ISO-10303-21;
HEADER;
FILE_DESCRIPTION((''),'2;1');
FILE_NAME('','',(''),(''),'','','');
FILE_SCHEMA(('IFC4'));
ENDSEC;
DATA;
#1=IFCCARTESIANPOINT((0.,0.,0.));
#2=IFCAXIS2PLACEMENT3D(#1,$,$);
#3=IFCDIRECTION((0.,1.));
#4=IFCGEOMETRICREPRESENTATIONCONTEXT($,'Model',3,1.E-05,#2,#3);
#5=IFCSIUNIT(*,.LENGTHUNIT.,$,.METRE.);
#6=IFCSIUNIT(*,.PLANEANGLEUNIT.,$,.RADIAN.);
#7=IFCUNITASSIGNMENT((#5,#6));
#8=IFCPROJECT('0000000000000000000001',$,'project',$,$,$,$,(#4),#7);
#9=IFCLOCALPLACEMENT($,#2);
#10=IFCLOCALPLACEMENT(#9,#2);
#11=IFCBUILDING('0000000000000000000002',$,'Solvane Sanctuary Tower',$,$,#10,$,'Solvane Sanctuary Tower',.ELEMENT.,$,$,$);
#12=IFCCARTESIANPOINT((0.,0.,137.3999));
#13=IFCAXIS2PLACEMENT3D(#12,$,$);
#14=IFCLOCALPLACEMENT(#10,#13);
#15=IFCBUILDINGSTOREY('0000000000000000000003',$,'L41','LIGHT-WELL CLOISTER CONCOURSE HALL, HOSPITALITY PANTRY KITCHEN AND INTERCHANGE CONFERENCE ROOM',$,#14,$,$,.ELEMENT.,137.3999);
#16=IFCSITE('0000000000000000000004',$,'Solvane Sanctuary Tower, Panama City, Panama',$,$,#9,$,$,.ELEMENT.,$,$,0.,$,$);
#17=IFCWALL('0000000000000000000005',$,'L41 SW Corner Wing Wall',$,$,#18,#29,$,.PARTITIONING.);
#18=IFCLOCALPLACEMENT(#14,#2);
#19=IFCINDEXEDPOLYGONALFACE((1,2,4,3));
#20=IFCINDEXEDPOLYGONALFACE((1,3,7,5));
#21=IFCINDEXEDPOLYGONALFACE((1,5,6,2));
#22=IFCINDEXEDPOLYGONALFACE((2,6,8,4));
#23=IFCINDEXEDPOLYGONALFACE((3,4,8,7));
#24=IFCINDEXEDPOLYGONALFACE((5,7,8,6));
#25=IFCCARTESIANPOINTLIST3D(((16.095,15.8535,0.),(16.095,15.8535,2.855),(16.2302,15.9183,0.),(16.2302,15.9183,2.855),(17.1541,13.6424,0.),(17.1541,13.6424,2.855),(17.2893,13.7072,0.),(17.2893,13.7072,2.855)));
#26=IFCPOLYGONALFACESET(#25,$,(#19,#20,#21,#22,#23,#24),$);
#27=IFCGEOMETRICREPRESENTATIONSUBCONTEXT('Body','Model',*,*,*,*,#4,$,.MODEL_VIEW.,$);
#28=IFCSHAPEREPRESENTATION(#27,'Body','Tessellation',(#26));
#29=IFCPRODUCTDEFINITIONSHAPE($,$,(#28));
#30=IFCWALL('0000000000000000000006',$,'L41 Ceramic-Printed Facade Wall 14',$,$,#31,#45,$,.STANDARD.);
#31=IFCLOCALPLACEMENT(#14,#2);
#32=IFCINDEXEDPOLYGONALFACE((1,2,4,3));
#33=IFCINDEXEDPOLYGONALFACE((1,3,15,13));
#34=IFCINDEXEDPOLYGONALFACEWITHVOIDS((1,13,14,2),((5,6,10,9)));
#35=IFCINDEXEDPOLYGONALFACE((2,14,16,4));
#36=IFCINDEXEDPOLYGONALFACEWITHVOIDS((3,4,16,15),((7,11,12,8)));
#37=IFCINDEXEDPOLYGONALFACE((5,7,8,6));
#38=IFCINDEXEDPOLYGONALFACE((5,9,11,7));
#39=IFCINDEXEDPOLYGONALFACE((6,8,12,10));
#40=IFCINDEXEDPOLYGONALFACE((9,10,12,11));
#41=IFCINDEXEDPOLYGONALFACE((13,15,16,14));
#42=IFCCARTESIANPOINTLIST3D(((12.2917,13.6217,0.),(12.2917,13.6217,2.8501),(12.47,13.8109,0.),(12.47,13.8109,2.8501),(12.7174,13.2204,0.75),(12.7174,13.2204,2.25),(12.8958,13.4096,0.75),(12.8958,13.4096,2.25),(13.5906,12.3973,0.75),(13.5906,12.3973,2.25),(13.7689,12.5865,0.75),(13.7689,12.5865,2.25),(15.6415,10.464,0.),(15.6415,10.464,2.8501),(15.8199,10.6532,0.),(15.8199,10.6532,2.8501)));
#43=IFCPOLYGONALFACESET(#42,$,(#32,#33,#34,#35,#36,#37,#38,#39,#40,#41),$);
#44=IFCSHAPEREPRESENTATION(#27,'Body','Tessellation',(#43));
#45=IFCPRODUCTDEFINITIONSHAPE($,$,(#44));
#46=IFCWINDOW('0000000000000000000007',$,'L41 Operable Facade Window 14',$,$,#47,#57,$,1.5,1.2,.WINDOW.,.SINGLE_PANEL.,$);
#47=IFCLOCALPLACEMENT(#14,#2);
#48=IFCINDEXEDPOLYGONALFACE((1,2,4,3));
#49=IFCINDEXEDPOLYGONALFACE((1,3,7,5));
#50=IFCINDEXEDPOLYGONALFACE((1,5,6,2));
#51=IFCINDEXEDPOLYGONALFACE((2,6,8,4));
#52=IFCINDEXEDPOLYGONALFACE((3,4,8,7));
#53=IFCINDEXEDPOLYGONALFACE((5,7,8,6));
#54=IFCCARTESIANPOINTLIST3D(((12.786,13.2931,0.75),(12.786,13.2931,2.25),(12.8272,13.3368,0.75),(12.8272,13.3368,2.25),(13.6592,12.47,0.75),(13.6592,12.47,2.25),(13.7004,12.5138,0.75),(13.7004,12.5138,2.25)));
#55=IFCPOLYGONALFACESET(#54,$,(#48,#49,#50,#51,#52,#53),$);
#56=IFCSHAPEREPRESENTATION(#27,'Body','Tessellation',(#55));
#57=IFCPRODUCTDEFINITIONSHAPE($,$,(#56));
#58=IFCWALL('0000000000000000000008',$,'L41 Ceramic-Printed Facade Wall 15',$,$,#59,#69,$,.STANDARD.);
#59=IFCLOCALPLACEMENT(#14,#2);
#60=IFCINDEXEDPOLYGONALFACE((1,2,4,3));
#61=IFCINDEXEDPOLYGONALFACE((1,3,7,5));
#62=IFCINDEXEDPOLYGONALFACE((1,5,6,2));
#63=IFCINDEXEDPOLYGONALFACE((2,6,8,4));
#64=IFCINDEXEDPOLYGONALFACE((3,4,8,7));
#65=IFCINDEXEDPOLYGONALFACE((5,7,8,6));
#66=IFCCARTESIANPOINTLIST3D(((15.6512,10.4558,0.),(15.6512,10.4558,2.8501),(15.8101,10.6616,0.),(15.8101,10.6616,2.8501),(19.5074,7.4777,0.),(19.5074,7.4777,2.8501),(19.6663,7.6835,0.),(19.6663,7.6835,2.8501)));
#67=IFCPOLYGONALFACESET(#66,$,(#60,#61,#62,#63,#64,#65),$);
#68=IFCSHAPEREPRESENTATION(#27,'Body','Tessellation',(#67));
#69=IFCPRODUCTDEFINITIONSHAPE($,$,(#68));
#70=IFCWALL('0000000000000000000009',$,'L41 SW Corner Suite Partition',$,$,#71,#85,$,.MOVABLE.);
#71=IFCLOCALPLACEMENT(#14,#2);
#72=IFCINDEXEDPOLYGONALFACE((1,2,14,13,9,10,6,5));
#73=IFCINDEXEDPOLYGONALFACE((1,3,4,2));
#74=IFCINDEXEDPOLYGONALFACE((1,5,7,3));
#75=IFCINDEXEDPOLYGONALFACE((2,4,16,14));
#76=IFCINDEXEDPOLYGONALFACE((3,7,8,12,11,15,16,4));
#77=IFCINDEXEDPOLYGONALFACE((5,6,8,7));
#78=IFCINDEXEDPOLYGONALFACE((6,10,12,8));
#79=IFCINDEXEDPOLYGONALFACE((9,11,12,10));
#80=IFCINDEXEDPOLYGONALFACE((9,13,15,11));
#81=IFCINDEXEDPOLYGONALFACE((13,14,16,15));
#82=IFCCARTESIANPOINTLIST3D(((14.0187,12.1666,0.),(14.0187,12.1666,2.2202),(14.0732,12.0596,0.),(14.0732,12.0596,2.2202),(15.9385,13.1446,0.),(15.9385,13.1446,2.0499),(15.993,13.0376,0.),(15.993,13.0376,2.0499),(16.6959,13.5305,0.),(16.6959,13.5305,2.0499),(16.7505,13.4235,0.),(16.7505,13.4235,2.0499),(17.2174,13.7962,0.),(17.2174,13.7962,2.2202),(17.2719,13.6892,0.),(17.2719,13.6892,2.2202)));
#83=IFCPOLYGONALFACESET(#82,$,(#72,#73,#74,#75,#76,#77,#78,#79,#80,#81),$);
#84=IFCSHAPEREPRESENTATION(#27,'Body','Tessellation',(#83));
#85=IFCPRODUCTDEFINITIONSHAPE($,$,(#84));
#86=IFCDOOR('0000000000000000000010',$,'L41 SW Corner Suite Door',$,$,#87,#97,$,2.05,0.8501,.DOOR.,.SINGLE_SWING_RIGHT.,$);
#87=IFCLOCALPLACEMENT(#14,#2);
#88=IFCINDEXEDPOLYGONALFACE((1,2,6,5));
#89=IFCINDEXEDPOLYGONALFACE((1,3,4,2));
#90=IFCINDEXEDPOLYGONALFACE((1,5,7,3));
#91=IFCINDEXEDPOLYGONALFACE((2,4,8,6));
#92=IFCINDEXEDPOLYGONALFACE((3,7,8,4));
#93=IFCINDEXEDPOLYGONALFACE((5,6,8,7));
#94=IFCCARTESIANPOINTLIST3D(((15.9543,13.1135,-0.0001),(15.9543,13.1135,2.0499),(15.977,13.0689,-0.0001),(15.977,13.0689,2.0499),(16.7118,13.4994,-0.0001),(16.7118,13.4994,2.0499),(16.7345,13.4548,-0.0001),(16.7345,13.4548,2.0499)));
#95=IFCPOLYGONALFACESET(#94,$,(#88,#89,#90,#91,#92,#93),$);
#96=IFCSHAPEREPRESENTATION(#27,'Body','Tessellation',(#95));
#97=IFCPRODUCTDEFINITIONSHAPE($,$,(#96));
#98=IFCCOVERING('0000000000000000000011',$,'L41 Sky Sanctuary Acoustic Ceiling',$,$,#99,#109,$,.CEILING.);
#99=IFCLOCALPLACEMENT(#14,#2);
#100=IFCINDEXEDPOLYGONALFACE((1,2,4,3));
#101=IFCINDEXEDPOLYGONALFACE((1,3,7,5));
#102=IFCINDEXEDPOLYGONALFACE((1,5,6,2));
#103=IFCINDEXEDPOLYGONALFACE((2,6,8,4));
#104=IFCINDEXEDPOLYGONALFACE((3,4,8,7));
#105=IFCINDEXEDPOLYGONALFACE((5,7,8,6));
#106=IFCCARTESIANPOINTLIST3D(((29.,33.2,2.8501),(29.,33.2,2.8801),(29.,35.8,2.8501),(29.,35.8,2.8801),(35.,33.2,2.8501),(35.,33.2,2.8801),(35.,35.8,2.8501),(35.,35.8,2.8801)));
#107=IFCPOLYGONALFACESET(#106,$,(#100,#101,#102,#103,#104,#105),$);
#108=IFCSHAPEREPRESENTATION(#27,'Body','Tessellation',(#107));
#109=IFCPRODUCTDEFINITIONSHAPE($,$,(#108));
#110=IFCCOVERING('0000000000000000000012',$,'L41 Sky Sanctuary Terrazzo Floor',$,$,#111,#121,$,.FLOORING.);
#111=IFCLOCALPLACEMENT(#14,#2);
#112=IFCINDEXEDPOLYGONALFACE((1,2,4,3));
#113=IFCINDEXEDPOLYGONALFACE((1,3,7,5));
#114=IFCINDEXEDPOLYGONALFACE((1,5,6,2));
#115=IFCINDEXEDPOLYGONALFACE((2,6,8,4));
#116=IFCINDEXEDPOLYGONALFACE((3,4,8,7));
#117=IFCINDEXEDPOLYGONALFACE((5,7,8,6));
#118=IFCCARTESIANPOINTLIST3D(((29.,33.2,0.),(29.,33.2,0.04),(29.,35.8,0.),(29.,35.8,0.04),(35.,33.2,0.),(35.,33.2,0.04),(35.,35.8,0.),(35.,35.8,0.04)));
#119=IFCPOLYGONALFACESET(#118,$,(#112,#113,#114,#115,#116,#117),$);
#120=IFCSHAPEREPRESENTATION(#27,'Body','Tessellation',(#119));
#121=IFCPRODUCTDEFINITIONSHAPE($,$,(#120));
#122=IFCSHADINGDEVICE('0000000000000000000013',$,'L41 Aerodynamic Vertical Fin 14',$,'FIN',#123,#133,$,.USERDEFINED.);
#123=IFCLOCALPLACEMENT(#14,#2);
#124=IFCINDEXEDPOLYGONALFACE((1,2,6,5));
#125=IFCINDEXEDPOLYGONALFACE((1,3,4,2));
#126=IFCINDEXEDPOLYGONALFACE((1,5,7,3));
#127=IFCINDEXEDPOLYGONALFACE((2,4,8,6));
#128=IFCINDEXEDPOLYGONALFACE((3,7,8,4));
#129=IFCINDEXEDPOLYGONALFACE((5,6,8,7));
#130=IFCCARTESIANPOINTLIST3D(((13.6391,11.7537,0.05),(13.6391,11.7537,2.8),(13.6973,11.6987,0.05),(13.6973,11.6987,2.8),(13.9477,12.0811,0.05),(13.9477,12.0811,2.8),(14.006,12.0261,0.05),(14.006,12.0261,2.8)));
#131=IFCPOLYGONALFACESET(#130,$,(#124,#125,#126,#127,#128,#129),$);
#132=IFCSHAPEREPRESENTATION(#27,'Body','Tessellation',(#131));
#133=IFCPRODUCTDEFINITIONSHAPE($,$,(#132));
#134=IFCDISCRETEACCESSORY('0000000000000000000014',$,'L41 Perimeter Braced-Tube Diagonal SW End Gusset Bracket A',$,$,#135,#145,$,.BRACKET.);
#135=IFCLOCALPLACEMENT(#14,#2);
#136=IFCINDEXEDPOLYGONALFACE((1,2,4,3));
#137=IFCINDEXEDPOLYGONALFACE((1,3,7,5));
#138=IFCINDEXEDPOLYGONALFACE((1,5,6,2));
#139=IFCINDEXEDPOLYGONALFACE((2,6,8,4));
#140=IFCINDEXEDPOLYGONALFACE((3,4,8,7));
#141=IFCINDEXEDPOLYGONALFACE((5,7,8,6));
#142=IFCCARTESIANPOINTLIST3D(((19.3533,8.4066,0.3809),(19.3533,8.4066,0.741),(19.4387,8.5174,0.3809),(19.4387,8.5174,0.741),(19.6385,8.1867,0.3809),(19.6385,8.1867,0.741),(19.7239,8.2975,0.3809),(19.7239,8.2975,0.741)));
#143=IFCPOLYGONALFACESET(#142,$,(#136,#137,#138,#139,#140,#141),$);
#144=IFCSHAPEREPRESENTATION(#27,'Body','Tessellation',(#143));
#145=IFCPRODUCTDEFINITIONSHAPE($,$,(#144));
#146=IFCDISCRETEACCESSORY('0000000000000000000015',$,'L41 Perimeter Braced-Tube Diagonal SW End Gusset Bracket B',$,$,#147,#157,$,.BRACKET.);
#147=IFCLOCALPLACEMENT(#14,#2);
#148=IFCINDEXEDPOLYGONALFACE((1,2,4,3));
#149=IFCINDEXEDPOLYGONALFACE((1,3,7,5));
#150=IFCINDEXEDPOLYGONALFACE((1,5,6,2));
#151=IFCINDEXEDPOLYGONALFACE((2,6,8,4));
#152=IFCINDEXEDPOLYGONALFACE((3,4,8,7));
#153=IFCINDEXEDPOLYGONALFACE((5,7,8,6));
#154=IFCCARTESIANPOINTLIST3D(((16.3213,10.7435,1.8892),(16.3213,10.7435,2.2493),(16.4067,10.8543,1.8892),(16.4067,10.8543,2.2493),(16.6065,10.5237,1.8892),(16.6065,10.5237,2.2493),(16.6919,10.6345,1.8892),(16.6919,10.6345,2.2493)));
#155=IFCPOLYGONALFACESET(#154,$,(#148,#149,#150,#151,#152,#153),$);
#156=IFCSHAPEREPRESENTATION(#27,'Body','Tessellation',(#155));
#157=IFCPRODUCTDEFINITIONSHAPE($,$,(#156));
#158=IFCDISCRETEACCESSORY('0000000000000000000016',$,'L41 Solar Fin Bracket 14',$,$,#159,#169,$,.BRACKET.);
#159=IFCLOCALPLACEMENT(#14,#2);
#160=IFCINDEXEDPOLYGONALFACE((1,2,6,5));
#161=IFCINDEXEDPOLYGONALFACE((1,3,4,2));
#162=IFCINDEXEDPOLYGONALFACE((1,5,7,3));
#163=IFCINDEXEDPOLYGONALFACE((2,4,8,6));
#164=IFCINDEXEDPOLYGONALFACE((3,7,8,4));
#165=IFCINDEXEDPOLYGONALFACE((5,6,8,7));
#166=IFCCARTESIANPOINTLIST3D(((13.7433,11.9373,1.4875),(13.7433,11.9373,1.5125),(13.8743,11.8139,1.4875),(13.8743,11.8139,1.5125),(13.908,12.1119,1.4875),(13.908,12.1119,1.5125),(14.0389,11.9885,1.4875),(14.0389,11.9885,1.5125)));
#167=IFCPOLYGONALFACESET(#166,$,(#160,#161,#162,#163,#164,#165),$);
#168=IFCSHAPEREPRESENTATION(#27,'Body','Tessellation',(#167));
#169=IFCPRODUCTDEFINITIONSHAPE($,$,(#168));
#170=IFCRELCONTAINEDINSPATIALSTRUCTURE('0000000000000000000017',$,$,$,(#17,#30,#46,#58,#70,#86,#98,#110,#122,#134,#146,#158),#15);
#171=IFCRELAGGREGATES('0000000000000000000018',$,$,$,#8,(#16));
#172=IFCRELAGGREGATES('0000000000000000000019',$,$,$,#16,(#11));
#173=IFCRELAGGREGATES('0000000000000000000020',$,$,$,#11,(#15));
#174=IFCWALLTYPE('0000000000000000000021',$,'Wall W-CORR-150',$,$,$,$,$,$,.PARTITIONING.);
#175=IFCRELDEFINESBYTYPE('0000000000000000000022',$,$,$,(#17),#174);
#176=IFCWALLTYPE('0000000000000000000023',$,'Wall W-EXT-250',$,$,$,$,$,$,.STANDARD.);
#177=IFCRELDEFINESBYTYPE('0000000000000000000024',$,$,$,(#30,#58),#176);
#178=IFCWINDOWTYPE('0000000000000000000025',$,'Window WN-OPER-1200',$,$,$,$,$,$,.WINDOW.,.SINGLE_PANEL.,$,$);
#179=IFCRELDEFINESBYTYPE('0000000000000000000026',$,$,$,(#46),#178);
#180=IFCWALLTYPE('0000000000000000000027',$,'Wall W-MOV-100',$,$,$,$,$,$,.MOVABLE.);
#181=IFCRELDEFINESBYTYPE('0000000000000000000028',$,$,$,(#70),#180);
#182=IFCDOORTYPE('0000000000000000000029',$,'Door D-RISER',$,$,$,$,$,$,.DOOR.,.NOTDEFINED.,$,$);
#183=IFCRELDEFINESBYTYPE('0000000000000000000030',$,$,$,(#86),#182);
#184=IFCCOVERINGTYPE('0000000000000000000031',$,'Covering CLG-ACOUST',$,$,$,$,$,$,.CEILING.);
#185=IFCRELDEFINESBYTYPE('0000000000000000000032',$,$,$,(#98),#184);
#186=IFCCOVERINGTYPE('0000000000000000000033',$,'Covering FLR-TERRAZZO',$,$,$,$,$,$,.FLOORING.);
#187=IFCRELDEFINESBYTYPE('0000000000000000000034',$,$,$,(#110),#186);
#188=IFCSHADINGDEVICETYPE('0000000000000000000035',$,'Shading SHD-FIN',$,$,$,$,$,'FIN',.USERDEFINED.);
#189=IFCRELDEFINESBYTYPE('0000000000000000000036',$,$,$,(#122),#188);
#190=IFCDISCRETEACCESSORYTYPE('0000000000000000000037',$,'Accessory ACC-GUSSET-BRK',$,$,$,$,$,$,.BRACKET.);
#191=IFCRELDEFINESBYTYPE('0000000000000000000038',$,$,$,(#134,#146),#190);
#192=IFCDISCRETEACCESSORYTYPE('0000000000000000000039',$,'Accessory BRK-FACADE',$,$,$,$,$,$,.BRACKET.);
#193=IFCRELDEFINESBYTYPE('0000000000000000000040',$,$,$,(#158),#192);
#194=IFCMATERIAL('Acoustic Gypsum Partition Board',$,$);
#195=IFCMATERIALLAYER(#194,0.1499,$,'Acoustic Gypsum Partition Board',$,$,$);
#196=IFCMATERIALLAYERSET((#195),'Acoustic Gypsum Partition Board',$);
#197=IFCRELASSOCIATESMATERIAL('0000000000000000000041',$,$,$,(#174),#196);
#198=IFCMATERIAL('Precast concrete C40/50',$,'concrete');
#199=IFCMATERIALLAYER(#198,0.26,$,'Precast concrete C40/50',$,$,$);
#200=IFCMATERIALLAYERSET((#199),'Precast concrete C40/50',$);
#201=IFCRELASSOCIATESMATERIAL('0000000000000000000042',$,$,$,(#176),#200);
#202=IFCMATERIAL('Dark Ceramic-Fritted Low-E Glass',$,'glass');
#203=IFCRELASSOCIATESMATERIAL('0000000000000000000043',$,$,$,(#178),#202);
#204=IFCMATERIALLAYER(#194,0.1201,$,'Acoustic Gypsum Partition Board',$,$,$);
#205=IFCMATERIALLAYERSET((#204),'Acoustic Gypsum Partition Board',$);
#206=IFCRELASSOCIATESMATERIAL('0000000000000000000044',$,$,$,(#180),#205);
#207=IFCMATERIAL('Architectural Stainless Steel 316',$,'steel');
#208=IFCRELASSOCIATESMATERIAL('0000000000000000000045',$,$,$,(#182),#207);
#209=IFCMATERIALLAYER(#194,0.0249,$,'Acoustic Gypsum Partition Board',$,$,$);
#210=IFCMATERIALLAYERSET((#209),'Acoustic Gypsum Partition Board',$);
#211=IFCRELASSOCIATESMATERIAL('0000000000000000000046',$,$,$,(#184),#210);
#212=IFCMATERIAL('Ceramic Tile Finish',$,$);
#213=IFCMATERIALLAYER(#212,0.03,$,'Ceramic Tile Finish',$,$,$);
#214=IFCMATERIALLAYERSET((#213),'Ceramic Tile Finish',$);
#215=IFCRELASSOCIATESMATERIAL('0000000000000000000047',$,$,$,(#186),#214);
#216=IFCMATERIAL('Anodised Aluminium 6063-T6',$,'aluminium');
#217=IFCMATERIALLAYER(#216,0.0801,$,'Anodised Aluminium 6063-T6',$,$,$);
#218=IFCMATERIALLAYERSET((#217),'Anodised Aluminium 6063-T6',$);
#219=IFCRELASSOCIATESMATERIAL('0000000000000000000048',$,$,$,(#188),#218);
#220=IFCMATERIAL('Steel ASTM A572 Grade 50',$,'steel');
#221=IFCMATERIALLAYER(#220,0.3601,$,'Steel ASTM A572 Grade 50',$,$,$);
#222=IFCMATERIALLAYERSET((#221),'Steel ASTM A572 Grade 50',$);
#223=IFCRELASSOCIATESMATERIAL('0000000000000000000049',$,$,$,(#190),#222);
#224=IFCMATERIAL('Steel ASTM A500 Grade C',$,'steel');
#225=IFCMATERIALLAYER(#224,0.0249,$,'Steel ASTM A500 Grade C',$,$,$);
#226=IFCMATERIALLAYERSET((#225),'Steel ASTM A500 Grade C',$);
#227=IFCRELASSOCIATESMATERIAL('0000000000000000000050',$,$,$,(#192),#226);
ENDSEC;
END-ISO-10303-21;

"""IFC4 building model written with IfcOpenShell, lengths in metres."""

from ifc_helpers import new_model, si_unit, direction, frame, frame_2d, origin, origin_2d, place, context, subcontext, project, spatial, polyline, rectangle, outline, extrude, material, layer, layer_set, type_object, element, fill, save


model = new_model("IFC4")

# Units and contexts
model_context = context("Model", 3, precision=1e-05, world=origin(), true_north=direction((0.0, 1.0)))
body_context = subcontext(model_context, "Body", "Model", "MODEL_VIEW")
ifc_project = project(units=[si_unit("LENGTHUNIT", "METRE"), si_unit("PLANEANGLEUNIT", "RADIAN")], contexts=[model_context])

# Site, building, storey
site_placement = place(None, origin())
site = spatial("IfcSite", under=ifc_project, at=site_placement, Name="Solvane Sanctuary Tower, Panama City, Panama", CompositionType="ELEMENT", RefElevation=0.0)
building_placement = place(site_placement, origin())
building = spatial("IfcBuilding", under=site, at=building_placement, Name="Solvane Sanctuary Tower", LongName="Solvane Sanctuary Tower", CompositionType="ELEMENT")
storey_placement = place(building_placement, frame((0.0, 0.0, 137.3999)))
storey = spatial("IfcBuildingStorey", under=building, at=storey_placement, Name="L41", Description="LIGHT-WELL CLOISTER CONCOURSE HALL, HOSPITALITY PANTRY KITCHEN AND INTERCHANGE CONFERENCE ROOM", CompositionType="ELEMENT", Elevation=137.3999)

# Shared definitions
ifc_material_1 = material(Name="Acoustic Gypsum Partition Board")
ifc_layer_1 = layer(ifc_material_1, 0.1499, Name="Acoustic Gypsum Partition Board")
ifc_layer_set_1 = layer_set([ifc_layer_1], Name="Acoustic Gypsum Partition Board")
wall_type_1 = type_object("IfcWallType", Name="Wall W-CORR-150", PredefinedType="PARTITIONING", material=ifc_layer_set_1)

# Wall
wall_1_placement = place(storey_placement, frame((17.2217, 13.6748, 0.0), z_axis=(0.0, 0.0, 1.0), x_axis=(-0.431973, 0.901886, 0.0)))
element("IfcWall", 1, at=wall_1_placement, inside=storey, type_object=wall_type_1, Name="L41 SW Corner Wing Wall", PredefinedType="PARTITIONING", context=body_context, shape_type="SweptSolid", body=[
    extrude(rectangle(XDim=2.4517, YDim=0.1499, at=frame_2d((1.2258, 0.0))), origin(), (0.0, 0.0, 1.0), 2.855),
])

# Wall, opening, window
ifc_material_2 = material(Name="Precast concrete C40/50", Category="concrete")
ifc_layer_2 = layer(ifc_material_2, 0.26, Name="Precast concrete C40/50")
ifc_layer_set_2 = layer_set([ifc_layer_2], Name="Precast concrete C40/50")
wall_type_2 = type_object("IfcWallType", Name="Wall W-EXT-250", PredefinedType="STANDARD", material=ifc_layer_set_2)
wall_2_placement = place(storey_placement, frame((12.3809, 13.7163, 0.0), z_axis=(0.0, 0.0, 1.0), x_axis=(0.727667, -0.68593, 0.0)))
wall_2 = element("IfcWall", 2, at=wall_2_placement, inside=storey, type_object=wall_type_2, Name="L41 Ceramic-Printed Facade Wall 14", PredefinedType="STANDARD", context=body_context, shape_type="SweptSolid", body=[
    extrude(rectangle(XDim=4.6035, YDim=0.26, at=frame_2d((2.3018, 0.0))), origin(), (0.0, 0.0, 1.0), 2.8501),
])
opening_1_placement = place(wall_2_placement, frame((0.585, 0.0, 0.75)))
opening_1 = element("IfcOpeningElement", 3, at=opening_1_placement, cuts=wall_2, PredefinedType="OPENING", context=body_context, shape_type="SweptSolid", body=[
    extrude(rectangle(XDim=1.2, YDim=1.5, at=frame_2d((0.6001, 0.75))), frame((0.0, 0.1399, 0.0), z_axis=(0.0, -1.0, 0.0), x_axis=(1.0, 0.0, 0.0)), (0.0, 0.0, 1.0), 0.28),
])
ifc_material_3 = material(Name="Dark Ceramic-Fritted Low-E Glass", Category="glass")
window_type = type_object("IfcWindowType", Name="Window WN-OPER-1200", PartitioningType="SINGLE_PANEL", PredefinedType="WINDOW", material=ifc_material_3)
window_placement = place(opening_1_placement, origin())
window = element("IfcWindow", 4, at=window_placement, inside=storey, type_object=window_type, Name="L41 Operable Facade Window 14", OverallHeight=1.5, OverallWidth=1.2, PartitioningType="SINGLE_PANEL", PredefinedType="WINDOW", context=body_context, shape_type="SweptSolid", body=[
    extrude(rectangle(XDim=1.2, YDim=1.5, at=frame_2d((0.6001, 0.75))), frame((0.0, 0.03, 0.0), z_axis=(0.0, -1.0, 0.0), x_axis=(1.0, 0.0, 0.0)), (0.0, 0.0, 1.0), 0.0601),
])
fill(opening_1, window)

# Wall
wall_3_placement = place(storey_placement, frame((15.7307, 10.5586, 0.0), z_axis=(0.0, 0.0, 1.0), x_axis=(0.79146, -0.611221, 0.0)))
element("IfcWall", 5, at=wall_3_placement, inside=storey, type_object=wall_type_2, Name="L41 Ceramic-Printed Facade Wall 15", PredefinedType="STANDARD", context=body_context, shape_type="SweptSolid", body=[
    extrude(rectangle(XDim=4.8723, YDim=0.26, at=frame_2d((2.436, 0.0))), origin(), (0.0, 0.0, 1.0), 2.8501),
])

# Wall, opening, door
ifc_layer_3 = layer(ifc_material_1, 0.1201, Name="Acoustic Gypsum Partition Board")
ifc_layer_set_3 = layer_set([ifc_layer_3], Name="Acoustic Gypsum Partition Board")
wall_type_3 = type_object("IfcWallType", Name="Wall W-MOV-100", PredefinedType="MOVABLE", material=ifc_layer_set_3)
wall_4_placement = place(storey_placement, frame((17.2446, 13.7427, 0.0), z_axis=(0.0, 0.0, 1.0), x_axis=(-0.891029, -0.453947, 0.0)))
wall_4 = element("IfcWall", 6, at=wall_4_placement, inside=storey, type_object=wall_type_3, Name="L41 SW Corner Suite Partition", PredefinedType="MOVABLE", context=body_context, shape_type="SweptSolid", body=[
    extrude(rectangle(XDim=3.5898, YDim=0.1201, at=frame_2d((1.7949, 0.0))), origin(), (0.0, 0.0, 1.0), 2.2202),
])
opening_2_placement = place(wall_4_placement, frame((0.5852, 0.0, 0.0)))
opening_2 = element("IfcOpeningElement", 7, at=opening_2_placement, cuts=wall_4, PredefinedType="OPENING", context=body_context, shape_type="SweptSolid", body=[
    extrude(rectangle(XDim=0.8501, YDim=2.05, at=frame_2d((0.425, 1.0249))), frame((0.0, 0.0701, 0.0), z_axis=(0.0, -1.0, 0.0), x_axis=(1.0, 0.0, 0.0)), (0.0, 0.0, 1.0), 0.1401),
])
ifc_material_4 = material(Name="Architectural Stainless Steel 316", Category="steel")
door_type_1 = type_object("IfcDoorType", Name="Door D-RISER", OperationType="NOTDEFINED", PredefinedType="DOOR", material=ifc_material_4)
door_1_placement = place(opening_2_placement, origin())
door_1 = element("IfcDoor", 8, at=door_1_placement, inside=storey, type_object=door_type_1, Name="L41 SW Corner Suite Door", OperationType="SINGLE_SWING_RIGHT", OverallHeight=2.05, OverallWidth=0.8501, PredefinedType="DOOR", context=body_context, shape_type="SweptSolid", body=[
    extrude(rectangle(XDim=0.8501, YDim=2.05, at=frame_2d((0.425, 1.0249))), frame((0.0, 0.0249, 0.0), z_axis=(0.0, -1.0, 0.0), x_axis=(1.0, 0.0, 0.0)), (0.0, 0.0, 1.0), 0.05),
])
fill(opening_2, door_1)

# Coverings
ifc_layer_4 = layer(ifc_material_1, 0.0249, Name="Acoustic Gypsum Partition Board")
ifc_layer_set_4 = layer_set([ifc_layer_4], Name="Acoustic Gypsum Partition Board")
covering_type_1 = type_object("IfcCoveringType", Name="Covering CLG-ACOUST", PredefinedType="CEILING", material=ifc_layer_set_4)
covering_1_placement = place(storey_placement, frame((0.0, 0.0, 2.8501)))
element("IfcCovering", 9, at=covering_1_placement, inside=storey, type_object=covering_type_1, Name="L41 Sky Sanctuary Acoustic Ceiling", PredefinedType="CEILING", context=body_context, shape_type="SweptSolid", body=[
    extrude(outline(polyline([(29.0, 33.2), (35.0, 33.2), (35.0, 35.8), (29.0, 35.8), (29.0, 33.2)])), origin(), (0.0, 0.0, 1.0), 0.03),
])
ifc_material_5 = material(Name="Ceramic Tile Finish")
ifc_layer_5 = layer(ifc_material_5, 0.03, Name="Ceramic Tile Finish")
ifc_layer_set_5 = layer_set([ifc_layer_5], Name="Ceramic Tile Finish")
covering_type_2 = type_object("IfcCoveringType", Name="Covering FLR-TERRAZZO", PredefinedType="FLOORING", material=ifc_layer_set_5)
covering_2_placement = place(storey_placement, origin())
element("IfcCovering", 10, at=covering_2_placement, inside=storey, type_object=covering_type_2, Name="L41 Sky Sanctuary Terrazzo Floor", PredefinedType="FLOORING", context=body_context, shape_type="SweptSolid", body=[
    extrude(outline(polyline([(29.0, 33.2), (35.0, 33.2), (35.0, 35.8), (29.0, 35.8), (29.0, 33.2)])), origin(), (0.0, 0.0, 1.0), 0.04),
])

# Shading device
ifc_material_6 = material(Name="Anodised Aluminium 6063-T6", Category="aluminium")
ifc_layer_6 = layer(ifc_material_6, 0.0801, Name="Anodised Aluminium 6063-T6")
ifc_layer_set_6 = layer_set([ifc_layer_6], Name="Anodised Aluminium 6063-T6")
shading_device_type = type_object("IfcShadingDeviceType", Name="Shading SHD-FIN", ElementType="FIN", PredefinedType="USERDEFINED", material=ifc_layer_set_6)
shading_device_placement = place(storey_placement, frame((13.8225, 11.8899, 0.05), z_axis=(0.0, 0.0, 1.0), x_axis=(0.727664, -0.685934, 0.0)))
element("IfcShadingDevice", 11, at=shading_device_placement, inside=storey, type_object=shading_device_type, Name="L41 Aerodynamic Vertical Fin 14", ObjectType="FIN", PredefinedType="USERDEFINED", context=body_context, shape_type="SweptSolid", body=[
    extrude(rectangle(XDim=0.0801, YDim=0.45, at=origin_2d()), origin(), (0.0, 0.0, 1.0), 2.75),
])

# Discrete accessories
ifc_material_7 = material(Name="Steel ASTM A572 Grade 50", Category="steel")
ifc_layer_7 = layer(ifc_material_7, 0.3601, Name="Steel ASTM A572 Grade 50")
ifc_layer_set_7 = layer_set([ifc_layer_7], Name="Steel ASTM A572 Grade 50")
discrete_accessory_type_1 = type_object("IfcDiscreteAccessoryType", Name="Accessory ACC-GUSSET-BRK", PredefinedType="BRACKET", material=ifc_layer_set_7)
for number, where, z_axis, x_axis, name in (
    (12, (19.5386, 8.3521, 0.3809), (0.0, 0.0, 1.0), (-0.792077, 0.610422, 0.0), "L41 Perimeter Braced-Tube Diagonal SW End Gusset Bracket A"),
    (13, (16.5066, 10.689, 1.8892), (0.0, 0.0, 1.0), (-0.792077, 0.610422, 0.0), "L41 Perimeter Braced-Tube Diagonal SW End Gusset Bracket B"),
):
    element("IfcDiscreteAccessory", number, at=place(storey_placement, frame(where, z_axis=z_axis, x_axis=x_axis)), inside=storey, type_object=discrete_accessory_type_1, Name=name, PredefinedType="BRACKET", context=body_context, shape_type="SweptSolid", body=[
        extrude(rectangle(XDim=0.3601, YDim=0.1399, at=origin_2d()), origin(), (0.0, 0.0, 1.0), 0.3601),
    ])
ifc_material_8 = material(Name="Steel ASTM A500 Grade C", Category="steel")
ifc_layer_8 = layer(ifc_material_8, 0.0249, Name="Steel ASTM A500 Grade C")
ifc_layer_set_8 = layer_set([ifc_layer_8], Name="Steel ASTM A500 Grade C")
discrete_accessory_type_2 = type_object("IfcDiscreteAccessoryType", Name="Accessory BRK-FACADE", PredefinedType="BRACKET", material=ifc_layer_set_8)
discrete_accessory_placement = place(storey_placement, frame((13.8911, 11.9629, 1.4875), z_axis=(0.0, 0.0, 1.0), x_axis=(0.727664, -0.685934, 0.0)))
element("IfcDiscreteAccessory", 14, at=discrete_accessory_placement, inside=storey, type_object=discrete_accessory_type_2, Name="L41 Solar Fin Bracket 14", PredefinedType="BRACKET", context=body_context, shape_type="SweptSolid", body=[
    extrude(rectangle(XDim=0.1799, YDim=0.24, at=origin_2d()), origin(), (0.0, 0.0, 1.0), 0.0249),
])

save(model, "model.ifc")
